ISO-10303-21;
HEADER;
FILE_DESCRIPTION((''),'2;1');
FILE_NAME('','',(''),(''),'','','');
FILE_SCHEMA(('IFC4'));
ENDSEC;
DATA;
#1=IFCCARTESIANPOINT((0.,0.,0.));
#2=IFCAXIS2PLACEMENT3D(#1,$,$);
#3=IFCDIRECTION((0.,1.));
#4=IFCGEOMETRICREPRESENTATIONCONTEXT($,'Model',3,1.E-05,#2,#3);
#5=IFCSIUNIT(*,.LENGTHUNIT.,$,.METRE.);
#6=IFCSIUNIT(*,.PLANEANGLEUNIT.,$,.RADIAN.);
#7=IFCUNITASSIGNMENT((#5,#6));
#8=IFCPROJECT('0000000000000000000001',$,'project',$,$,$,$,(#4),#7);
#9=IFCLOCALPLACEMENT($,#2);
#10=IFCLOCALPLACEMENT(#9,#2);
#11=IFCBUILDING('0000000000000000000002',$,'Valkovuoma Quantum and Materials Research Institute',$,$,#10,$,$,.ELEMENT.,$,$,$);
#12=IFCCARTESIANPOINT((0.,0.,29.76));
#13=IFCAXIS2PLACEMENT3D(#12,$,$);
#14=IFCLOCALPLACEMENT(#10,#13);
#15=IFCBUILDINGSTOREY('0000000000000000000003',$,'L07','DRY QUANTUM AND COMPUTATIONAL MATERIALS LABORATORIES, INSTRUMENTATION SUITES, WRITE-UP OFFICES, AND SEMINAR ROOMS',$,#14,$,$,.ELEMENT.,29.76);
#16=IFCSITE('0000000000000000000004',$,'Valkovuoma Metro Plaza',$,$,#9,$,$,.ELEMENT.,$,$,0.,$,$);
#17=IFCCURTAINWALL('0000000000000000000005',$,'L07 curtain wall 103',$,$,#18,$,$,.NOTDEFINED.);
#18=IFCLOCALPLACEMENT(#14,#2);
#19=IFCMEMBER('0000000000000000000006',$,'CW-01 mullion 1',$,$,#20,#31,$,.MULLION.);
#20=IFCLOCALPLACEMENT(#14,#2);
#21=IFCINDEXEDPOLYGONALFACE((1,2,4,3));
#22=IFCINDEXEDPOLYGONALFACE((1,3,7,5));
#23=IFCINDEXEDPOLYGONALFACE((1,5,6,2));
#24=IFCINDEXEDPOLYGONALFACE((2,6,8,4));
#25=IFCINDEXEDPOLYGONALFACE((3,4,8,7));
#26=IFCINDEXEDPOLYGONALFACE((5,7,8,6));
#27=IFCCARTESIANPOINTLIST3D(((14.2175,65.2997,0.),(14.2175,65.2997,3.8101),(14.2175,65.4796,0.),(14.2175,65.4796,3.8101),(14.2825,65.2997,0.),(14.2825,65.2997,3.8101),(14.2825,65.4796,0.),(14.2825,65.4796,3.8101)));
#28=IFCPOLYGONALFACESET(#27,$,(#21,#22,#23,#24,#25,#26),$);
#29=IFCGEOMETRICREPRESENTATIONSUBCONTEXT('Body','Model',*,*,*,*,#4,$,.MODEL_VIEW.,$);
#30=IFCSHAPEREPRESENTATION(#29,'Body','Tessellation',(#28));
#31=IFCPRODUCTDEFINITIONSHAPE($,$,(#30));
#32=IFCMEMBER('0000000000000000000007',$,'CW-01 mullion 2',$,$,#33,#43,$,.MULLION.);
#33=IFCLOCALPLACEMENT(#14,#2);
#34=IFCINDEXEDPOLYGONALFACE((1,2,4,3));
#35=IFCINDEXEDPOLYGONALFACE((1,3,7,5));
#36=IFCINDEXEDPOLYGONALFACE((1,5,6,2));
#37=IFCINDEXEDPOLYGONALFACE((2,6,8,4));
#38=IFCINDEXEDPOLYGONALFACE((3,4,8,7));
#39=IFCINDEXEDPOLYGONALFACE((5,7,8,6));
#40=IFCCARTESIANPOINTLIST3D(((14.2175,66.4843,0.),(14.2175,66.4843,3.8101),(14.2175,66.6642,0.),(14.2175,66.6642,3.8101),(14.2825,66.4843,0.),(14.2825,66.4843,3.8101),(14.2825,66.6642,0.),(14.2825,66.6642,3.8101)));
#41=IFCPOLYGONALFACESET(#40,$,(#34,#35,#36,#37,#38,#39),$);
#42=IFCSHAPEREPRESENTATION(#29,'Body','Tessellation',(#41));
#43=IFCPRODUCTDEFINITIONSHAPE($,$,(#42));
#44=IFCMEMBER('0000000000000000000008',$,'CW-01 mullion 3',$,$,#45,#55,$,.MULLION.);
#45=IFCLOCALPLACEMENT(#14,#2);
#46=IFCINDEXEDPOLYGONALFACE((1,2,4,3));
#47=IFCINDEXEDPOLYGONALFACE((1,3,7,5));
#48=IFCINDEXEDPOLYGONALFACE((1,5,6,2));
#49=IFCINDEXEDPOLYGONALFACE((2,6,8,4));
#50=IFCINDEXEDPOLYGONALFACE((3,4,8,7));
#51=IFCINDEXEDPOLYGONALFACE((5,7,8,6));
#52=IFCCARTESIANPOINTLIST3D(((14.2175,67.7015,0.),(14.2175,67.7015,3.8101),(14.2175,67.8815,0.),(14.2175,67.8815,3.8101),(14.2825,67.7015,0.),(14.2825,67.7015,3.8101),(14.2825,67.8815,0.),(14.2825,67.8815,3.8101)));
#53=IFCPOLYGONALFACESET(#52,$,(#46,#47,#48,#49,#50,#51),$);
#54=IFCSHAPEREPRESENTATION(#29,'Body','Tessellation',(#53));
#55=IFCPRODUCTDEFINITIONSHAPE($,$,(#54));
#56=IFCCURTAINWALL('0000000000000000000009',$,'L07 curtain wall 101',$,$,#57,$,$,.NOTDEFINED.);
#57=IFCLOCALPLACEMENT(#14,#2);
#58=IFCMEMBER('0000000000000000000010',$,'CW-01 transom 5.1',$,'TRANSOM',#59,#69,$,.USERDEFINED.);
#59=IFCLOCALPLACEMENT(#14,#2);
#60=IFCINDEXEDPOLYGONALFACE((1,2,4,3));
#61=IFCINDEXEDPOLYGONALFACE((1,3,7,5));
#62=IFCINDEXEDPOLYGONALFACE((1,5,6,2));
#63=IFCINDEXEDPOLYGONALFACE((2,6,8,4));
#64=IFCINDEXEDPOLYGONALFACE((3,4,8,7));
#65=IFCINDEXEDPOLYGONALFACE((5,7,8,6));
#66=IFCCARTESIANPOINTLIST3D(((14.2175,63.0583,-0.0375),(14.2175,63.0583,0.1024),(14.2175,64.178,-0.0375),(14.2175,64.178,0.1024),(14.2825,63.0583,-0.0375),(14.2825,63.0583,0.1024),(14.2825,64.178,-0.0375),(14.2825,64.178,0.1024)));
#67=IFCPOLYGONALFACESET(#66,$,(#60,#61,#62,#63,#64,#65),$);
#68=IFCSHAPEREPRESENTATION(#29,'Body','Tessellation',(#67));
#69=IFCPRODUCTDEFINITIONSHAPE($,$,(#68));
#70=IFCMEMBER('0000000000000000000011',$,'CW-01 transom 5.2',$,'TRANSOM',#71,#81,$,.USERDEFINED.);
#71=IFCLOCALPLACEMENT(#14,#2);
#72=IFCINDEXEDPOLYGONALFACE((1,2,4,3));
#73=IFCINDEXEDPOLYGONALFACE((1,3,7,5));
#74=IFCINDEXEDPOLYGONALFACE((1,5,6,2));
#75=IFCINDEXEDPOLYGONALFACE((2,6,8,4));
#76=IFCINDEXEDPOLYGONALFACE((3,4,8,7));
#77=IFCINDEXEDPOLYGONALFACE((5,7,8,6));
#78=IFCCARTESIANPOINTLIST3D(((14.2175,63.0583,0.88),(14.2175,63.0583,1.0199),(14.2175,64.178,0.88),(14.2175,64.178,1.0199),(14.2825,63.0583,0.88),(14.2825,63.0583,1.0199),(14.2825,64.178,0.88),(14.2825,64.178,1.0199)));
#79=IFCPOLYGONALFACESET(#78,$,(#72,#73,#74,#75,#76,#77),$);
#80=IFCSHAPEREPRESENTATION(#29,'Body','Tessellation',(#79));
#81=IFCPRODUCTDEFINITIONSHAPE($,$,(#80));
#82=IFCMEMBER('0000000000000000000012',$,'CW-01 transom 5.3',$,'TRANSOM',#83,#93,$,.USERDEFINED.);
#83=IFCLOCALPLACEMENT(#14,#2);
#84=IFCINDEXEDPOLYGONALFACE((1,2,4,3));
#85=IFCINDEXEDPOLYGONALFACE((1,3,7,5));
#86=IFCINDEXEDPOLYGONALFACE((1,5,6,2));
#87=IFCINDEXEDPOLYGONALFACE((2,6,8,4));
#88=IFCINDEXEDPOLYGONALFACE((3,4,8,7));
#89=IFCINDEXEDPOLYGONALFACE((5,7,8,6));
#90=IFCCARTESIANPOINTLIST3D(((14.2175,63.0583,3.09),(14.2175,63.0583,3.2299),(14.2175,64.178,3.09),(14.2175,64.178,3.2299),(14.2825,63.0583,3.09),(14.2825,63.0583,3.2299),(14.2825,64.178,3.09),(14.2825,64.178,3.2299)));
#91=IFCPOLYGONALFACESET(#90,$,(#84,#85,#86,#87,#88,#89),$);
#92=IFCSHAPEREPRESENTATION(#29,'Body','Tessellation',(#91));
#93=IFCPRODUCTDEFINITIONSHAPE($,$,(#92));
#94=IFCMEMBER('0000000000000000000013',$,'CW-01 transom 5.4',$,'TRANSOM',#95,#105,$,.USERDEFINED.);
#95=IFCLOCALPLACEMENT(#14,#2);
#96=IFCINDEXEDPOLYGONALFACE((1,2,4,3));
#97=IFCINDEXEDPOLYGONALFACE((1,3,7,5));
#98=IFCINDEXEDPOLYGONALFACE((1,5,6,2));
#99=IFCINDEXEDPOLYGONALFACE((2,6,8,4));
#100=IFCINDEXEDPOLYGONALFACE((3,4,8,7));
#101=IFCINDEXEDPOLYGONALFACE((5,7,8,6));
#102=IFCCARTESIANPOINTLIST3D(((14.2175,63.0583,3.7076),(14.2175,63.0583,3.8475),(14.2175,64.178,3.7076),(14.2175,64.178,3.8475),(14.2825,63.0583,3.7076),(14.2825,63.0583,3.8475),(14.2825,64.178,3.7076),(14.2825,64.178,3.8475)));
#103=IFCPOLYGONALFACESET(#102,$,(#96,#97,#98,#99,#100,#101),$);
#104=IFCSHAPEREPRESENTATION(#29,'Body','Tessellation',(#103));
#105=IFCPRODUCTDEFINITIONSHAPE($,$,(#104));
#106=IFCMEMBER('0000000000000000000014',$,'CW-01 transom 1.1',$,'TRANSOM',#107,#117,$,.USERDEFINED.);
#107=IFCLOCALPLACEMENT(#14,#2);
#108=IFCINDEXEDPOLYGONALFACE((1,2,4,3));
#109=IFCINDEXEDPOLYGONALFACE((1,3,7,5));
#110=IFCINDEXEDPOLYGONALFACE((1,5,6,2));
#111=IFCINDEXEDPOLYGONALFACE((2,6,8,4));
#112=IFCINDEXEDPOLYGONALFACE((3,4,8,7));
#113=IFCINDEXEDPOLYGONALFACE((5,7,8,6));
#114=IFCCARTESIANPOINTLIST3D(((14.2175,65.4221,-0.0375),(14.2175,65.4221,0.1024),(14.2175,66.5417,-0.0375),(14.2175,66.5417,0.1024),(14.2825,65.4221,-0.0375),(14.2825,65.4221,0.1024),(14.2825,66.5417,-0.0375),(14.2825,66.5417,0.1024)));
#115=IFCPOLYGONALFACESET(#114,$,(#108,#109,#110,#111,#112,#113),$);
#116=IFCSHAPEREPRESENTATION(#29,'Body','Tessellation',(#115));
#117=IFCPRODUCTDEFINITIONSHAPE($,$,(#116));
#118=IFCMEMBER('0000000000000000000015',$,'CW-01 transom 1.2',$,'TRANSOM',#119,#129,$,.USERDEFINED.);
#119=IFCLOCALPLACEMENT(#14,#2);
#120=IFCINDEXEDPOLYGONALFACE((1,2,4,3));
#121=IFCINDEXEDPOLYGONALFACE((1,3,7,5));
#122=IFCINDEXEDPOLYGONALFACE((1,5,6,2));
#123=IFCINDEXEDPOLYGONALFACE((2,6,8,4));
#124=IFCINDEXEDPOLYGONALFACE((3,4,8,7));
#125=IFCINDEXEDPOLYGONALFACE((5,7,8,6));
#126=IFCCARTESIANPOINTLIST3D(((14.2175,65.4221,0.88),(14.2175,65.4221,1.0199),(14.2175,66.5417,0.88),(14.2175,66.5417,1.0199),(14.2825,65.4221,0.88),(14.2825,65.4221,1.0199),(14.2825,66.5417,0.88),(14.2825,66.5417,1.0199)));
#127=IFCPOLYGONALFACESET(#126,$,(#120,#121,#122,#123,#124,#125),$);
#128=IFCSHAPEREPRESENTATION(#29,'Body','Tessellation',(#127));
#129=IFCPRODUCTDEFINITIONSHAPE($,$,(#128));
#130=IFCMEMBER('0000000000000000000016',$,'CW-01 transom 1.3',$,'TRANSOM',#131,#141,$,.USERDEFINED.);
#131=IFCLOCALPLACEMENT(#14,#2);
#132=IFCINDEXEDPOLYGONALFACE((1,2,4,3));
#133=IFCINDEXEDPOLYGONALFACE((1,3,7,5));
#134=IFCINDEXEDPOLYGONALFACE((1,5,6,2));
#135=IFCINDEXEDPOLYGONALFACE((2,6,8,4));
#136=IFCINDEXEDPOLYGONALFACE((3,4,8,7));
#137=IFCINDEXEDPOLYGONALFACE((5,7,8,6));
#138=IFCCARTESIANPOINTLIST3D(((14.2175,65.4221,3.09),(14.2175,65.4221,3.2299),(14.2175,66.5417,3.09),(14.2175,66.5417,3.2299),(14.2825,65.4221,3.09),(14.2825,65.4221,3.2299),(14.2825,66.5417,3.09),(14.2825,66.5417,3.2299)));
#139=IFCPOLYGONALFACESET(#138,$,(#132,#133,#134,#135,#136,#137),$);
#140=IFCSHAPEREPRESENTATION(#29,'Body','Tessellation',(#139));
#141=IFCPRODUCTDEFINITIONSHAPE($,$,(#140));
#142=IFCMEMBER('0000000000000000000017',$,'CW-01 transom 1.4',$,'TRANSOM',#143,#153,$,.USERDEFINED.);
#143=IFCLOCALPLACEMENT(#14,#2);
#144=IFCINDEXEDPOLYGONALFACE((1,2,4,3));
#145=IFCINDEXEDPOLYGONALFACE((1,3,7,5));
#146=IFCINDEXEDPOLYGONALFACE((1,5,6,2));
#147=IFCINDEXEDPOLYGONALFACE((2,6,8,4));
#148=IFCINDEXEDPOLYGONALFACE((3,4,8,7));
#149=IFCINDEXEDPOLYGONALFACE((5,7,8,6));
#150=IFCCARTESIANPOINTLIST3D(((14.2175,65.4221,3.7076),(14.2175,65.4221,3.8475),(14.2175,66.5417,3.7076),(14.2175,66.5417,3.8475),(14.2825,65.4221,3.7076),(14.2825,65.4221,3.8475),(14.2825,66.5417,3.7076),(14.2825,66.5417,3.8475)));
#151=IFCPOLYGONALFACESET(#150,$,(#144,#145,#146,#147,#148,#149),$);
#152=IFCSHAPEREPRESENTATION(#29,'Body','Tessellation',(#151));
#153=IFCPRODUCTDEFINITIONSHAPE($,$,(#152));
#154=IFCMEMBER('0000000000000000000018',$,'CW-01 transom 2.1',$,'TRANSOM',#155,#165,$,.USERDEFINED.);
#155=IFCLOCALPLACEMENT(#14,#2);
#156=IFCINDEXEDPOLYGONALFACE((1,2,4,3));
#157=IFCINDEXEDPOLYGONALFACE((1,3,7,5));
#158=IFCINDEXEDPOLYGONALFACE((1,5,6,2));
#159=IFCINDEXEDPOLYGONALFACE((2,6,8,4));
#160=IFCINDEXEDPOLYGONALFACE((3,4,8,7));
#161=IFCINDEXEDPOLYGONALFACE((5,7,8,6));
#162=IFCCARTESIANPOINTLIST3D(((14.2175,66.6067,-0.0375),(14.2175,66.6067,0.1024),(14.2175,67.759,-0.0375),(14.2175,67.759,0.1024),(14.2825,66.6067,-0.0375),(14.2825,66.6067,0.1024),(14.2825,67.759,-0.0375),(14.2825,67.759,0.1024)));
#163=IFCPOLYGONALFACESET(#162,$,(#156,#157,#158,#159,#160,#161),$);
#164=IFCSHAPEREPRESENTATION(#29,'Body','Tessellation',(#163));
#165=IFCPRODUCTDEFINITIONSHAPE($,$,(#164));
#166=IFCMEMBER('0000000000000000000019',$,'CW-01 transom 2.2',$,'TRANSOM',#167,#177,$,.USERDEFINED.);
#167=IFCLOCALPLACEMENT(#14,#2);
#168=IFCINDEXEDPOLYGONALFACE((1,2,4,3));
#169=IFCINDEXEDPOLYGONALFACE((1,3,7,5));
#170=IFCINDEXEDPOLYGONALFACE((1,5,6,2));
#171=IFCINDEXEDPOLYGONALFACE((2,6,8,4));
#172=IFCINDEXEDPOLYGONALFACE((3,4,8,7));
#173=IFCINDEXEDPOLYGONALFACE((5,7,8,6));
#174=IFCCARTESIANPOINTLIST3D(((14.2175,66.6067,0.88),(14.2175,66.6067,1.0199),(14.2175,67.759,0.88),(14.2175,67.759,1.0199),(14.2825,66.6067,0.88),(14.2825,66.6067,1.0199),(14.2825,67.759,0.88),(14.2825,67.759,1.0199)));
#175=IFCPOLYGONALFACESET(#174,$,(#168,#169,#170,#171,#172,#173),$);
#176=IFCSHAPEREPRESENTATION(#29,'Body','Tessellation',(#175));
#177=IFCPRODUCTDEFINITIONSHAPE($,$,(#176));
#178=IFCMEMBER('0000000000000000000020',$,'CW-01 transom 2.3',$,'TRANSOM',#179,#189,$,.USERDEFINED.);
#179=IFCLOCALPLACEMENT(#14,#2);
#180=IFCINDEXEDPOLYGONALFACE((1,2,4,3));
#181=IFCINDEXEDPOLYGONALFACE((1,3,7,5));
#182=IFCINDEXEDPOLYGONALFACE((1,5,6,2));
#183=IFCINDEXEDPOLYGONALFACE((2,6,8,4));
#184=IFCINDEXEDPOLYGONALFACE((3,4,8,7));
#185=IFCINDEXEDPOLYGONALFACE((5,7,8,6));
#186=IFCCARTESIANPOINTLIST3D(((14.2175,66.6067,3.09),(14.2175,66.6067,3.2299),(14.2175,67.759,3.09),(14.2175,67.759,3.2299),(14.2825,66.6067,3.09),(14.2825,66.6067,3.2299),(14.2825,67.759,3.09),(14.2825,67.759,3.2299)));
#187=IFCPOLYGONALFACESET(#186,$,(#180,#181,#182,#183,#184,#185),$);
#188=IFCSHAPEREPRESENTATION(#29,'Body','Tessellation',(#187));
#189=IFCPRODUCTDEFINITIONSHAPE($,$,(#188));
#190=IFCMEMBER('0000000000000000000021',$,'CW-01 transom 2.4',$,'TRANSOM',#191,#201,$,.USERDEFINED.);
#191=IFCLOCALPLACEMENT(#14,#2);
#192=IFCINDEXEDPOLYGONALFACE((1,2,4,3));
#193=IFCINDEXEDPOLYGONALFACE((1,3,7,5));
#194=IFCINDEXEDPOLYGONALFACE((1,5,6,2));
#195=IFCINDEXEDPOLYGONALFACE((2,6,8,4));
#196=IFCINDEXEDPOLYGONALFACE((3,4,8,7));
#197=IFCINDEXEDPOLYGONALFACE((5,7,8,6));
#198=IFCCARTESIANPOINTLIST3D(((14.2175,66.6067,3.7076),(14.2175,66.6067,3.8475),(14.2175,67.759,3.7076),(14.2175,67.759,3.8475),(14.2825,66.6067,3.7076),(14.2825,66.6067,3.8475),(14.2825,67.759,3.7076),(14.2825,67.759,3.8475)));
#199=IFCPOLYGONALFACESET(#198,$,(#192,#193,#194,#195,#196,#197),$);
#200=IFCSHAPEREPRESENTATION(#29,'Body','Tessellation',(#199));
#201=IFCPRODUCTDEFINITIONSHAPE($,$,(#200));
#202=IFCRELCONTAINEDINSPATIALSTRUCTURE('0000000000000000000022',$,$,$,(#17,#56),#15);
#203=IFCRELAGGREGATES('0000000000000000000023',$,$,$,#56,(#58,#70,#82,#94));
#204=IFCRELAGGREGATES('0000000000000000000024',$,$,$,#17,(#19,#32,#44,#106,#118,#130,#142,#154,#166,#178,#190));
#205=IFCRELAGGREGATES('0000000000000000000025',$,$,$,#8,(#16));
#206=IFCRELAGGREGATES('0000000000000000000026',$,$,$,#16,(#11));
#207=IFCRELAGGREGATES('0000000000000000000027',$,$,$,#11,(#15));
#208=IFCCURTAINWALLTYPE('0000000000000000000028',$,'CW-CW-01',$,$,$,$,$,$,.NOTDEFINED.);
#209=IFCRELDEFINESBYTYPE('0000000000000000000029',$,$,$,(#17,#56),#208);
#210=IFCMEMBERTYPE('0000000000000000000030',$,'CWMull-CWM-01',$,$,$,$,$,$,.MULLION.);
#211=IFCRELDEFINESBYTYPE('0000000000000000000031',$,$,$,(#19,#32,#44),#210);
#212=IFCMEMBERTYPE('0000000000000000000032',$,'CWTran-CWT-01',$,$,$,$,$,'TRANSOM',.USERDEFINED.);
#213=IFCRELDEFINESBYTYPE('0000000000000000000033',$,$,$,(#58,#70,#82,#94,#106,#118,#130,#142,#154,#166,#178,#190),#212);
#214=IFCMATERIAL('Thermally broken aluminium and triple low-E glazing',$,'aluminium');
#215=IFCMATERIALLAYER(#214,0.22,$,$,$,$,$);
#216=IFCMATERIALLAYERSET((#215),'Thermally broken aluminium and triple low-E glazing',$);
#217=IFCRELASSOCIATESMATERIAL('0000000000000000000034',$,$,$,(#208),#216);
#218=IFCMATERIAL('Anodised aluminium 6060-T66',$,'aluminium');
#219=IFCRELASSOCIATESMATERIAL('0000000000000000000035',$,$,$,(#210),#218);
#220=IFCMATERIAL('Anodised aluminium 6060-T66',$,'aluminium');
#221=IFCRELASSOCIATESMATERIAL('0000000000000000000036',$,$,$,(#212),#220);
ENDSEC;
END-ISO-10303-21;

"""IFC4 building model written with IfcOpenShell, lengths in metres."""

from ifc_helpers import new_model, si_unit, direction, frame, origin, origin_2d, place, context, subcontext, project, spatial, rectangle, extrude, material, layer, layer_set, material_profile, profile_set, type_object, element, aggregate, save


model = new_model("IFC4")

# Units and contexts
model_context = context("Model", 3, precision=1e-05, world=origin(), true_north=direction((0.0, 1.0)))
body_context = subcontext(model_context, "Body", "Model", "MODEL_VIEW")
ifc_project = project(units=[si_unit("LENGTHUNIT", "METRE"), si_unit("PLANEANGLEUNIT", "RADIAN")], contexts=[model_context])

# Site, building, storey
site_placement = place(None, origin())
site = spatial("IfcSite", under=ifc_project, at=site_placement, Name="Valkovuoma Metro Plaza", CompositionType="ELEMENT", RefElevation=0.0)
building_placement = place(site_placement, origin())
building = spatial("IfcBuilding", under=site, at=building_placement, Name="Valkovuoma Quantum and Materials Research Institute", CompositionType="ELEMENT")
storey_placement = place(building_placement, frame((0.0, 0.0, 29.76)))
storey = spatial("IfcBuildingStorey", under=building, at=storey_placement, Name="L07", Description="DRY QUANTUM AND COMPUTATIONAL MATERIALS LABORATORIES, INSTRUMENTATION SUITES, WRITE-UP OFFICES, AND SEMINAR ROOMS", CompositionType="ELEMENT", Elevation=29.76)

# Curtain walls, members
ifc_material_1 = material(Name="Thermally broken aluminium and triple low-E glazing", Category="aluminium")
ifc_layer_1 = layer(ifc_material_1, 0.22)
ifc_layer_set_1 = layer_set([ifc_layer_1], Name="Thermally broken aluminium and triple low-E glazing")
curtain_wall_type = type_object("IfcCurtainWallType", Name="CW-CW-01", PredefinedType="NOTDEFINED", material=ifc_layer_set_1)
curtain_wall_1_placement = place(storey_placement, origin())
curtain_wall_1 = element("IfcCurtainWall", 1, at=curtain_wall_1_placement, inside=storey, type_object=curtain_wall_type, Name="L07 curtain wall 103", PredefinedType="NOTDEFINED")
ifc_material_2 = material(Name="Anodised aluminium 6060-T66", Category="aluminium")
ifc_material_profile_1 = material_profile(ifc_material_2, rectangle(XDim=0.0649, YDim=0.1799, at=origin_2d()), Name="Anodised aluminium 6060-T66")
ifc_profile_set_1 = profile_set([ifc_material_profile_1], Name="Anodised aluminium 6060-T66")
member_type_1 = type_object("IfcMemberType", Name="CWMull-CWM-01", PredefinedType="MULLION", material=ifc_profile_set_1)
member_1_placement = place(storey_placement, frame((14.25, 65.3896, 0.0), z_axis=(0.0, 0.0, 1.0), x_axis=(-1.0, 0.0, 0.0)))
member_1 = element("IfcMember", 2, at=member_1_placement, type_object=member_type_1, Name="CW-01 mullion 1", PredefinedType="MULLION", context=body_context, shape_type="SweptSolid", body=[
    extrude(rectangle(XDim=0.0649, YDim=0.1799, at=origin_2d()), origin(), (0.0, 0.0, 1.0), 3.8101),
])
member_2_placement = place(storey_placement, frame((14.25, 66.5742, 0.0), z_axis=(0.0, 0.0, 1.0), x_axis=(-1.0, 0.0, 0.0)))
member_2 = element("IfcMember", 3, at=member_2_placement, type_object=member_type_1, Name="CW-01 mullion 2", PredefinedType="MULLION", context=body_context, shape_type="SweptSolid", body=[
    extrude(rectangle(XDim=0.0649, YDim=0.1799, at=origin_2d()), origin(), (0.0, 0.0, 1.0), 3.8101),
])
member_3_placement = place(storey_placement, frame((14.25, 67.7915, 0.0), z_axis=(0.0, 0.0, 1.0), x_axis=(-1.0, 0.0, 0.0)))
member_3 = element("IfcMember", 4, at=member_3_placement, type_object=member_type_1, Name="CW-01 mullion 3", PredefinedType="MULLION", context=body_context, shape_type="SweptSolid", body=[
    extrude(rectangle(XDim=0.0649, YDim=0.1799, at=origin_2d()), origin(), (0.0, 0.0, 1.0), 3.8101),
])
curtain_wall_2_placement = place(storey_placement, origin())
curtain_wall_2 = element("IfcCurtainWall", 5, at=curtain_wall_2_placement, inside=storey, type_object=curtain_wall_type, Name="L07 curtain wall 101", PredefinedType="NOTDEFINED")
ifc_material_3 = material(Name="Anodised aluminium 6060-T66", Category="aluminium")
ifc_material_profile_2 = material_profile(ifc_material_3, rectangle(XDim=0.0649, YDim=0.1399, at=origin_2d()), Name="Anodised aluminium 6060-T66")
ifc_profile_set_2 = profile_set([ifc_material_profile_2], Name="Anodised aluminium 6060-T66")
member_type_2 = type_object("IfcMemberType", Name="CWTran-CWT-01", ElementType="TRANSOM", PredefinedType="USERDEFINED", material=ifc_profile_set_2)
member_4_placement = place(storey_placement, frame((14.25, 63.0583, 0.0325), z_axis=(0.0, 1.0, 0.0), x_axis=(-1.0, 0.0, 0.0)))
member_4 = element("IfcMember", 6, at=member_4_placement, type_object=member_type_2, Name="CW-01 transom 5.1", ObjectType="TRANSOM", PredefinedType="USERDEFINED", context=body_context, shape_type="SweptSolid", body=[
    extrude(rectangle(XDim=0.0649, YDim=0.1399, at=origin_2d()), origin(), (0.0, 0.0, 1.0), 1.1196),
])
member_5_placement = place(storey_placement, frame((14.25, 63.0583, 0.95), z_axis=(0.0, 1.0, 0.0), x_axis=(-1.0, 0.0, 0.0)))
member_5 = element("IfcMember", 7, at=member_5_placement, type_object=member_type_2, Name="CW-01 transom 5.2", ObjectType="TRANSOM", PredefinedType="USERDEFINED", context=body_context, shape_type="SweptSolid", body=[
    extrude(rectangle(XDim=0.0649, YDim=0.1399, at=origin_2d()), origin(), (0.0, 0.0, 1.0), 1.1196),
])
member_6_placement = place(storey_placement, frame((14.25, 63.0583, 3.1599), z_axis=(0.0, 1.0, 0.0), x_axis=(-1.0, 0.0, 0.0)))
member_6 = element("IfcMember", 8, at=member_6_placement, type_object=member_type_2, Name="CW-01 transom 5.3", ObjectType="TRANSOM", PredefinedType="USERDEFINED", context=body_context, shape_type="SweptSolid", body=[
    extrude(rectangle(XDim=0.0649, YDim=0.1399, at=origin_2d()), origin(), (0.0, 0.0, 1.0), 1.1196),
])
member_7_placement = place(storey_placement, frame((14.25, 63.0583, 3.7776), z_axis=(0.0, 1.0, 0.0), x_axis=(-1.0, 0.0, 0.0)))
member_7 = element("IfcMember", 9, at=member_7_placement, type_object=member_type_2, Name="CW-01 transom 5.4", ObjectType="TRANSOM", PredefinedType="USERDEFINED", context=body_context, shape_type="SweptSolid", body=[
    extrude(rectangle(XDim=0.0649, YDim=0.1399, at=origin_2d()), origin(), (0.0, 0.0, 1.0), 1.1196),
])

# Members
member_8_placement = place(storey_placement, frame((14.25, 65.4221, 0.0325), z_axis=(0.0, 1.0, 0.0), x_axis=(-1.0, 0.0, 0.0)))
member_8 = element("IfcMember", 10, at=member_8_placement, type_object=member_type_2, Name="CW-01 transom 1.1", ObjectType="TRANSOM", PredefinedType="USERDEFINED", context=body_context, shape_type="SweptSolid", body=[
    extrude(rectangle(XDim=0.0649, YDim=0.1399, at=origin_2d()), origin(), (0.0, 0.0, 1.0), 1.1196),
])
member_9_placement = place(storey_placement, frame((14.25, 65.4221, 0.95), z_axis=(0.0, 1.0, 0.0), x_axis=(-1.0, 0.0, 0.0)))
member_9 = element("IfcMember", 11, at=member_9_placement, type_object=member_type_2, Name="CW-01 transom 1.2", ObjectType="TRANSOM", PredefinedType="USERDEFINED", context=body_context, shape_type="SweptSolid", body=[
    extrude(rectangle(XDim=0.0649, YDim=0.1399, at=origin_2d()), origin(), (0.0, 0.0, 1.0), 1.1196),
])
member_10_placement = place(storey_placement, frame((14.25, 65.4221, 3.1599), z_axis=(0.0, 1.0, 0.0), x_axis=(-1.0, 0.0, 0.0)))
member_10 = element("IfcMember", 12, at=member_10_placement, type_object=member_type_2, Name="CW-01 transom 1.3", ObjectType="TRANSOM", PredefinedType="USERDEFINED", context=body_context, shape_type="SweptSolid", body=[
    extrude(rectangle(XDim=0.0649, YDim=0.1399, at=origin_2d()), origin(), (0.0, 0.0, 1.0), 1.1196),
])
member_11_placement = place(storey_placement, frame((14.25, 65.4221, 3.7776), z_axis=(0.0, 1.0, 0.0), x_axis=(-1.0, 0.0, 0.0)))
member_11 = element("IfcMember", 13, at=member_11_placement, type_object=member_type_2, Name="CW-01 transom 1.4", ObjectType="TRANSOM", PredefinedType="USERDEFINED", context=body_context, shape_type="SweptSolid", body=[
    extrude(rectangle(XDim=0.0649, YDim=0.1399, at=origin_2d()), origin(), (0.0, 0.0, 1.0), 1.1196),
])
member_12_placement = place(storey_placement, frame((14.25, 66.6067, 0.0325), z_axis=(0.0, 1.0, 0.0), x_axis=(-1.0, 0.0, 0.0)))
member_12 = element("IfcMember", 14, at=member_12_placement, type_object=member_type_2, Name="CW-01 transom 2.1", ObjectType="TRANSOM", PredefinedType="USERDEFINED", context=body_context, shape_type="SweptSolid", body=[
    extrude(rectangle(XDim=0.0649, YDim=0.1399, at=origin_2d()), origin(), (0.0, 0.0, 1.0), 1.1523),
])
member_13_placement = place(storey_placement, frame((14.25, 66.6067, 0.95), z_axis=(0.0, 1.0, 0.0), x_axis=(-1.0, 0.0, 0.0)))
member_13 = element("IfcMember", 15, at=member_13_placement, type_object=member_type_2, Name="CW-01 transom 2.2", ObjectType="TRANSOM", PredefinedType="USERDEFINED", context=body_context, shape_type="SweptSolid", body=[
    extrude(rectangle(XDim=0.0649, YDim=0.1399, at=origin_2d()), origin(), (0.0, 0.0, 1.0), 1.1523),
])
member_14_placement = place(storey_placement, frame((14.25, 66.6067, 3.1599), z_axis=(0.0, 1.0, 0.0), x_axis=(-1.0, 0.0, 0.0)))
member_14 = element("IfcMember", 16, at=member_14_placement, type_object=member_type_2, Name="CW-01 transom 2.3", ObjectType="TRANSOM", PredefinedType="USERDEFINED", context=body_context, shape_type="SweptSolid", body=[
    extrude(rectangle(XDim=0.0649, YDim=0.1399, at=origin_2d()), origin(), (0.0, 0.0, 1.0), 1.1523),
])
member_15_placement = place(storey_placement, frame((14.25, 66.6067, 3.7776), z_axis=(0.0, 1.0, 0.0), x_axis=(-1.0, 0.0, 0.0)))
member_15 = element("IfcMember", 17, at=member_15_placement, type_object=member_type_2, Name="CW-01 transom 2.4", ObjectType="TRANSOM", PredefinedType="USERDEFINED", context=body_context, shape_type="SweptSolid", body=[
    extrude(rectangle(XDim=0.0649, YDim=0.1399, at=origin_2d()), origin(), (0.0, 0.0, 1.0), 1.1523),
])

aggregate(curtain_wall_2, [member_4, member_5, member_6, member_7])
aggregate(curtain_wall_1, [member_1, member_2, member_3, member_8, member_9, member_10, member_11, member_12, member_13, member_14, member_15])

save(model, "model.ifc")
